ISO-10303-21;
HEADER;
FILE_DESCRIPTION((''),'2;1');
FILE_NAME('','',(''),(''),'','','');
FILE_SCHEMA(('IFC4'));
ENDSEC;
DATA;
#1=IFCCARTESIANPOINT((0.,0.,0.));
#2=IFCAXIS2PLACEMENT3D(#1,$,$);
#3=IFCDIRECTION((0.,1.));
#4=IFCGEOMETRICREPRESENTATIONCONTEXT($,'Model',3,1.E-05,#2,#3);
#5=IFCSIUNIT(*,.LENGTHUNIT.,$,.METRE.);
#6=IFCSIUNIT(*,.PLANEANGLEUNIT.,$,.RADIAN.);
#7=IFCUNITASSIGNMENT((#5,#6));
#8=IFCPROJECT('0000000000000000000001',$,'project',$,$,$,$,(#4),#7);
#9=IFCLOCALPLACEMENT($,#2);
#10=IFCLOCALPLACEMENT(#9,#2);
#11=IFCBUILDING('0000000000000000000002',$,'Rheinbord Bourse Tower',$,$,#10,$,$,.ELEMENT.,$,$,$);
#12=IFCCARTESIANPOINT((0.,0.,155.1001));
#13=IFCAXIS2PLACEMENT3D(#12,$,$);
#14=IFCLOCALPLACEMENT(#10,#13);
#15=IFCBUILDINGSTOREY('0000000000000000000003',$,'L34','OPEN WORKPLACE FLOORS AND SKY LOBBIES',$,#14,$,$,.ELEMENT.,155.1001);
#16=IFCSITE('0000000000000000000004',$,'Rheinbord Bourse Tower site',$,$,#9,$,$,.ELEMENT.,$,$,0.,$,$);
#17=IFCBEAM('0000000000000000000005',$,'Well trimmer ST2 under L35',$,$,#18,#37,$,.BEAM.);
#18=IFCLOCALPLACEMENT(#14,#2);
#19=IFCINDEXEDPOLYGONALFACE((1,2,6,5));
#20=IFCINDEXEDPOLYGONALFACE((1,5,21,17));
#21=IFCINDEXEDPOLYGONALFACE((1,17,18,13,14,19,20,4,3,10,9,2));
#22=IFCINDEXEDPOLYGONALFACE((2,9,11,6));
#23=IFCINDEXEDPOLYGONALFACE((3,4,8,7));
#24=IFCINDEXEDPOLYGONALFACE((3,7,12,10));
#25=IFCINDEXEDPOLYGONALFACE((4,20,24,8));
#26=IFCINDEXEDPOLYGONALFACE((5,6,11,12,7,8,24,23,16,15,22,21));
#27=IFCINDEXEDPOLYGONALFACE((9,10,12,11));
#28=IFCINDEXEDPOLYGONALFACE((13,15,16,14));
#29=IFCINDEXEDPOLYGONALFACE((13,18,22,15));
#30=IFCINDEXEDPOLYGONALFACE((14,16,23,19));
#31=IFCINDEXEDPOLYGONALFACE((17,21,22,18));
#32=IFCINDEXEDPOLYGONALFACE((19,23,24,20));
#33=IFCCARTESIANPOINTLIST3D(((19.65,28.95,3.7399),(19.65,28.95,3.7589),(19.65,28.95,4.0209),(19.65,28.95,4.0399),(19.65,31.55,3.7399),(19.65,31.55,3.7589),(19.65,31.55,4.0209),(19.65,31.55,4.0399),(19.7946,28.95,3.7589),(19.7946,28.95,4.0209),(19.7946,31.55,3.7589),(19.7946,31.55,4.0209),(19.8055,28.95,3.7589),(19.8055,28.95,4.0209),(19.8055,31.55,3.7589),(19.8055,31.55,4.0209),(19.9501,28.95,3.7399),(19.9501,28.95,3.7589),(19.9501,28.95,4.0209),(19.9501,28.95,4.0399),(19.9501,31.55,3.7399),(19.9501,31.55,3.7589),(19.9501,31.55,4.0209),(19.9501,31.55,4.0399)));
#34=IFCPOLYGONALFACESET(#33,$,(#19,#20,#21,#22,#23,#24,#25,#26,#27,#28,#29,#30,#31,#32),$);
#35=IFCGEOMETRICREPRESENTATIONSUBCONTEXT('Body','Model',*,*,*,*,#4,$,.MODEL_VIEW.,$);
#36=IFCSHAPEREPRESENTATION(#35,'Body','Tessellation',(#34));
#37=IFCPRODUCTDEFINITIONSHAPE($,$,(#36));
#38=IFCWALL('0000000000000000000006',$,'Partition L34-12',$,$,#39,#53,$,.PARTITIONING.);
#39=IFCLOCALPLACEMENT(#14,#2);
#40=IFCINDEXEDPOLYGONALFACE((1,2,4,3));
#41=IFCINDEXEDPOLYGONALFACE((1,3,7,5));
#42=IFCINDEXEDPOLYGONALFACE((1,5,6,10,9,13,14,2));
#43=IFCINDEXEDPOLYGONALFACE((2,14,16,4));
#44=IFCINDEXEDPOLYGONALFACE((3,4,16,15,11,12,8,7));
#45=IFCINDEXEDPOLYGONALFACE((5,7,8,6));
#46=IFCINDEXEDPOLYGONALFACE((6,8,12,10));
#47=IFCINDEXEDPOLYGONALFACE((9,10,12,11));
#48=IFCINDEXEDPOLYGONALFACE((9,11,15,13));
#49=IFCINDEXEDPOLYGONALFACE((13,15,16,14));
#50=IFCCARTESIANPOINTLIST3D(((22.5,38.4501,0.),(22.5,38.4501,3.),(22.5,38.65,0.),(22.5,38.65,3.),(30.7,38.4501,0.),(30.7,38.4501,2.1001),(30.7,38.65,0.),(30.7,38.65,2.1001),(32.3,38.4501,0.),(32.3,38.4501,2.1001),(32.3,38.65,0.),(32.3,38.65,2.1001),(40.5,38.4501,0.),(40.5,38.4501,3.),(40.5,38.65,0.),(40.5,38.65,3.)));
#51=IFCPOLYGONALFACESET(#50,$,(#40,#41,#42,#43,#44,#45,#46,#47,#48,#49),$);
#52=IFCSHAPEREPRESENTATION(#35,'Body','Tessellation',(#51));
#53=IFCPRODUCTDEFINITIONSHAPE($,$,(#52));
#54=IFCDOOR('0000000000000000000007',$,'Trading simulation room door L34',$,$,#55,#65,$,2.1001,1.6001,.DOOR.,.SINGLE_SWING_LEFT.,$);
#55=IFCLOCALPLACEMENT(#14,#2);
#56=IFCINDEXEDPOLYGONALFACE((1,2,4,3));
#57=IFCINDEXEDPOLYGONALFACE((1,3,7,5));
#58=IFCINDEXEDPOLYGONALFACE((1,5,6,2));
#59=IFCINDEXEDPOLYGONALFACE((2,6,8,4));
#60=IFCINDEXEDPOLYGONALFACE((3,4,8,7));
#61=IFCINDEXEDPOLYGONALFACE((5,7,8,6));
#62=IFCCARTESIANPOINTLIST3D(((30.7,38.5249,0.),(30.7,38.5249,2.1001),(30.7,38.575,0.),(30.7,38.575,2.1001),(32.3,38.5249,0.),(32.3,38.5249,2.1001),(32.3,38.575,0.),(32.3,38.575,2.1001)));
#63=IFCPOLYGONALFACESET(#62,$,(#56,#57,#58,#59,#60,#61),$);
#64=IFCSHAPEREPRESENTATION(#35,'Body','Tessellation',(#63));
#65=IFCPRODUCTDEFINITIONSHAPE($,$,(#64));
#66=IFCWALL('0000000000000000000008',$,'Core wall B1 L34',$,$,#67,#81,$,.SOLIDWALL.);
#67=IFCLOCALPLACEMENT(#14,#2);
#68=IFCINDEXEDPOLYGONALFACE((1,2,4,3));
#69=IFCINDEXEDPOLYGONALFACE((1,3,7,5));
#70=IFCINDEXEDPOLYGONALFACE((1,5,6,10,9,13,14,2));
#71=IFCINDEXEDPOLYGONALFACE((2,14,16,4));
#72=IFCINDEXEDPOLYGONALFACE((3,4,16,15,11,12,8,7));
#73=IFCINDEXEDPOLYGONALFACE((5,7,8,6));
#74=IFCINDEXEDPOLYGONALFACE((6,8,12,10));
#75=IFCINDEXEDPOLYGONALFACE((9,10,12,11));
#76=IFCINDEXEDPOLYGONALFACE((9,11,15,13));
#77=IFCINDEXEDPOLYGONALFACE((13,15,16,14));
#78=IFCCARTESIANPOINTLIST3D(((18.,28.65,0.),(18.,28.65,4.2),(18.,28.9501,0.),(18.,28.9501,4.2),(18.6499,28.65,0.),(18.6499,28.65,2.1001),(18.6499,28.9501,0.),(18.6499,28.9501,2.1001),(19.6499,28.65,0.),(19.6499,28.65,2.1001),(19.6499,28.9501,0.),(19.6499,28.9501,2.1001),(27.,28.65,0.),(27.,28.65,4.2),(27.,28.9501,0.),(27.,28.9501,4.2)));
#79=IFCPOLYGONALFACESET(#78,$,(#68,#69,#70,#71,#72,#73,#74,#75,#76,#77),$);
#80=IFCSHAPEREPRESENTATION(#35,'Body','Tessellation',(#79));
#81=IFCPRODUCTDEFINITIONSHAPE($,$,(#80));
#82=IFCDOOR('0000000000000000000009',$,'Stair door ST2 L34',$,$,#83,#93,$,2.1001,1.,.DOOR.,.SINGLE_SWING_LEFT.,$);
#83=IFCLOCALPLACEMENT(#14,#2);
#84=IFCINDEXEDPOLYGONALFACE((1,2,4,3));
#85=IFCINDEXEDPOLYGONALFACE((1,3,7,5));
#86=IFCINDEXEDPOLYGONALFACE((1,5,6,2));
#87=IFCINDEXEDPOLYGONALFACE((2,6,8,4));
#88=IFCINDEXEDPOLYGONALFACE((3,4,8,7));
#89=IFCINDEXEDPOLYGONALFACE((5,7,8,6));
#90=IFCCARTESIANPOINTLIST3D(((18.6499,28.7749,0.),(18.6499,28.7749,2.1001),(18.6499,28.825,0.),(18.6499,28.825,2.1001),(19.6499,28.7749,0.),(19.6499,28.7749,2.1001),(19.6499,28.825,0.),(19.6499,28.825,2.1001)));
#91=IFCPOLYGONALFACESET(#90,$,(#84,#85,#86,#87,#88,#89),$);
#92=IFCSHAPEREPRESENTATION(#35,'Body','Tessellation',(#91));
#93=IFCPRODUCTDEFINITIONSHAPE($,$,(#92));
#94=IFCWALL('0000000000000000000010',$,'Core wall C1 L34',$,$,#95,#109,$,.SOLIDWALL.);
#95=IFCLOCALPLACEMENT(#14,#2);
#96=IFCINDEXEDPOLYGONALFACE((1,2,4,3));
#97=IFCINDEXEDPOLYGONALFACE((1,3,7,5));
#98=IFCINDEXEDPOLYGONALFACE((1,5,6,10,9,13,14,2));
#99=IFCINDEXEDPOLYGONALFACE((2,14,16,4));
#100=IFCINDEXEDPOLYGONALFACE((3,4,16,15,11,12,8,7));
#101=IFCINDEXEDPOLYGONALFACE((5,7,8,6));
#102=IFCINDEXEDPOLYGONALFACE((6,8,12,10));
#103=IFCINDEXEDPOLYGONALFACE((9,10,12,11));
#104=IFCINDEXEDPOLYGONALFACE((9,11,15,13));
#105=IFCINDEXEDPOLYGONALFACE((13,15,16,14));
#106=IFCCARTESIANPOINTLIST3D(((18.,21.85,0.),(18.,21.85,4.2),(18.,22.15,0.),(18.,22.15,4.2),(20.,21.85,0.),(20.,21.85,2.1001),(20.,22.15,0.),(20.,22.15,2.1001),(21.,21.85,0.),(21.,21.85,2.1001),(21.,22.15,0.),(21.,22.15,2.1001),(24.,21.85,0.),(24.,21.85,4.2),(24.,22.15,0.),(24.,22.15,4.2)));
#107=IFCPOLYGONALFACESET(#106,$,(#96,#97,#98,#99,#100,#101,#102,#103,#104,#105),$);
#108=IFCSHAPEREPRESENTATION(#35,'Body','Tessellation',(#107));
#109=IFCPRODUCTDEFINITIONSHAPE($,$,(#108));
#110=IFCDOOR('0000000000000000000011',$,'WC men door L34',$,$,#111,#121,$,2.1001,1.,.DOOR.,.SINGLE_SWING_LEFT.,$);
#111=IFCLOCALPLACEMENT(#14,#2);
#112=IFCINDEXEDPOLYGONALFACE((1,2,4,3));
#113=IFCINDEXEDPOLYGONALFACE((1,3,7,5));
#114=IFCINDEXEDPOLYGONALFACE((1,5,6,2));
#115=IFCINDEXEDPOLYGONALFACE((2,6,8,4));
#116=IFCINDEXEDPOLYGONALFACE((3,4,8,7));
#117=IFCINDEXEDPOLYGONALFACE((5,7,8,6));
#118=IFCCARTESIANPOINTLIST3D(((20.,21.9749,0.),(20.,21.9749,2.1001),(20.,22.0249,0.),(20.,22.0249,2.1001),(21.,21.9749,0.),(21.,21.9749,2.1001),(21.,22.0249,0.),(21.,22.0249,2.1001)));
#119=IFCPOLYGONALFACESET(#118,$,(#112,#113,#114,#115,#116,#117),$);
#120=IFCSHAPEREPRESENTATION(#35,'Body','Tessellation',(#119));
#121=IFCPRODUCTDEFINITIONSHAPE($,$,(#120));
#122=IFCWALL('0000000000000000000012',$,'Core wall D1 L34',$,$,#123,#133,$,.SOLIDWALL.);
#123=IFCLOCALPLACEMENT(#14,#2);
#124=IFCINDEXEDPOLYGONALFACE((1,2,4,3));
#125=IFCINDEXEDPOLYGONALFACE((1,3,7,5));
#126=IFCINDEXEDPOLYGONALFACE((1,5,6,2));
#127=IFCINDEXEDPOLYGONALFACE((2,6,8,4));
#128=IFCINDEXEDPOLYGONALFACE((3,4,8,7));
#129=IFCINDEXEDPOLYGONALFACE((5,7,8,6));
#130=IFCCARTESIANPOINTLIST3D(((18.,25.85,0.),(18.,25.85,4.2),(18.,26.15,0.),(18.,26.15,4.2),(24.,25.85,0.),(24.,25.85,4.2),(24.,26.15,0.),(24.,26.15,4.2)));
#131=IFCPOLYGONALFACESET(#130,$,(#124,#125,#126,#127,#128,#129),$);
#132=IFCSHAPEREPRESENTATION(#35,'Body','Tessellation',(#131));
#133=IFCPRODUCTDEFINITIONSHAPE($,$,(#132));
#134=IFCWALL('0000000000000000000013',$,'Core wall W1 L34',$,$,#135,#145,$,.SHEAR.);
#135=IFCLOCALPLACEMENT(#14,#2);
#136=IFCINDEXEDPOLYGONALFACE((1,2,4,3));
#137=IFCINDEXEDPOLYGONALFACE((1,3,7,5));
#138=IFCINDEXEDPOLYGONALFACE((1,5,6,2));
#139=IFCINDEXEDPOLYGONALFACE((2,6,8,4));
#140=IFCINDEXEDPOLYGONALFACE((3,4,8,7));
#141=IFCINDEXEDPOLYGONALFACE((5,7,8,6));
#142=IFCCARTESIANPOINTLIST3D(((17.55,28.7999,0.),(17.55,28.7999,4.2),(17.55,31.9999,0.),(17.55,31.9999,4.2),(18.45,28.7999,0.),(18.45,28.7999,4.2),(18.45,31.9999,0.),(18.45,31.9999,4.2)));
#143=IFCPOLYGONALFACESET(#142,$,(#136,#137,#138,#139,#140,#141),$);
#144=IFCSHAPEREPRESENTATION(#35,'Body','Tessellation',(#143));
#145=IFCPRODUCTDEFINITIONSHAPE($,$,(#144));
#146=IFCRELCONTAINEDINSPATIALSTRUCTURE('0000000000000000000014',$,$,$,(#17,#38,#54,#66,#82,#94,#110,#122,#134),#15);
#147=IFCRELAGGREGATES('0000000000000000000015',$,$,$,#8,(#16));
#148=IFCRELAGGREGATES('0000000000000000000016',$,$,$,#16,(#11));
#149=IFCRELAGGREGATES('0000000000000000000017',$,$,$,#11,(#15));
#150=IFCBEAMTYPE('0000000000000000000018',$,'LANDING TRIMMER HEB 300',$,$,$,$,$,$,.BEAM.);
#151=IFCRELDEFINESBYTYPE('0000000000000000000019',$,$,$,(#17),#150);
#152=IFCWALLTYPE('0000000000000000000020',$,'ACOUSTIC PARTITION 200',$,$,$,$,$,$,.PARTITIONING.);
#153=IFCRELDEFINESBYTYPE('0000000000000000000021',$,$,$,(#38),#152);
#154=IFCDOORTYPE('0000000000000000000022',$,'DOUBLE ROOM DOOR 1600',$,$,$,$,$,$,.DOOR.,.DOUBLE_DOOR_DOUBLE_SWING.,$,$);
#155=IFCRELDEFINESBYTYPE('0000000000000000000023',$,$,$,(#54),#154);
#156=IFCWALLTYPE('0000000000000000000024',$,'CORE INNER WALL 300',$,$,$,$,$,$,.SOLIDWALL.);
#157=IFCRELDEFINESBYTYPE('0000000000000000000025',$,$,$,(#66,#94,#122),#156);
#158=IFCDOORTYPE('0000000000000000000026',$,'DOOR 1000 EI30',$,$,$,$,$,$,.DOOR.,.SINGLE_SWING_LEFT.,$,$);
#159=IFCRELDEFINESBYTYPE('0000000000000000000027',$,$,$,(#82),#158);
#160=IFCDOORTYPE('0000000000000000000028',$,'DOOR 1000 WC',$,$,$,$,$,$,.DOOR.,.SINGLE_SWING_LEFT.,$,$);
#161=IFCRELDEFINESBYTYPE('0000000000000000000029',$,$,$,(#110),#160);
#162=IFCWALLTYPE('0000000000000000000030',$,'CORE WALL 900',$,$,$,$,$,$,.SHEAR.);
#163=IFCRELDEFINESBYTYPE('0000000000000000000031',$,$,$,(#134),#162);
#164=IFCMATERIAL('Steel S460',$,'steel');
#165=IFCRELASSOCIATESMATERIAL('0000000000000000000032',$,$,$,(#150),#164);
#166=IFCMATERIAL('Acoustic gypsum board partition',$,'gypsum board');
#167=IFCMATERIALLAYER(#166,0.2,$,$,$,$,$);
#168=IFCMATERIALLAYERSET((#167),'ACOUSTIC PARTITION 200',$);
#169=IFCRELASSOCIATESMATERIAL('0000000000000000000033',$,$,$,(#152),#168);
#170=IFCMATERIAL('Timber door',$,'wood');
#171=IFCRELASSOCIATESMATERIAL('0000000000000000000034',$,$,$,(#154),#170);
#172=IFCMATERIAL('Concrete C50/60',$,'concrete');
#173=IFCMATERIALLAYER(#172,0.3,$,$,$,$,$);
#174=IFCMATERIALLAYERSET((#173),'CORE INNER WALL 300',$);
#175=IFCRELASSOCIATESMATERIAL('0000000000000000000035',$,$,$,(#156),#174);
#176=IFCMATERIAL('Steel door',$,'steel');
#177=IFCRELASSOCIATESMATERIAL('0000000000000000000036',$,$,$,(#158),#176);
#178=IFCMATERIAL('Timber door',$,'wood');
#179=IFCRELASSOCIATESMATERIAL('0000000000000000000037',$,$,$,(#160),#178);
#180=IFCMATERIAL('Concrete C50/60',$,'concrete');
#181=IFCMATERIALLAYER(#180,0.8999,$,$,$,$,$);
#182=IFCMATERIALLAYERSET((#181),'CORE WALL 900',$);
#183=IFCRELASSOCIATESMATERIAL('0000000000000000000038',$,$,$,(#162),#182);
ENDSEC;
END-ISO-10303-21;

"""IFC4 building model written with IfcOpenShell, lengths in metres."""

from ifc_helpers import new_model, si_unit, direction, frame, frame_2d, origin, origin_2d, place, context, subcontext, project, spatial, rectangle, i_section, extrude, material, layer, layer_set, material_profile, profile_set, type_object, element, fill, save


model = new_model("IFC4")

# Units and contexts
model_context = context("Model", 3, precision=1e-05, world=origin(), true_north=direction((0.0, 1.0)))
body_context = subcontext(model_context, "Body", "Model", "MODEL_VIEW")
ifc_project = project(units=[si_unit("LENGTHUNIT", "METRE"), si_unit("PLANEANGLEUNIT", "RADIAN")], contexts=[model_context])

# Site, building, storey
site_placement = place(None, origin())
site = spatial("IfcSite", under=ifc_project, at=site_placement, Name="Rheinbord Bourse Tower site", CompositionType="ELEMENT", RefElevation=0.0)
building_placement = place(site_placement, origin())
building = spatial("IfcBuilding", under=site, at=building_placement, Name="Rheinbord Bourse Tower", CompositionType="ELEMENT")
storey_placement = place(building_placement, frame((0.0, 0.0, 155.1001)))
storey = spatial("IfcBuildingStorey", under=building, at=storey_placement, Name="L34", Description="OPEN WORKPLACE FLOORS AND SKY LOBBIES", CompositionType="ELEMENT", Elevation=155.1001)

# Beam
ifc_material_1 = material(Name="Steel S460", Category="steel")
ifc_material_profile = material_profile(ifc_material_1, i_section(OverallWidth=0.3, OverallDepth=0.3, WebThickness=0.011, FlangeThickness=0.019, at=origin_2d()), Name="HEB 300")
ifc_profile_set = profile_set([ifc_material_profile], Name="Steel S460")
beam_type = type_object("IfcBeamType", Name="LANDING TRIMMER HEB 300", PredefinedType="BEAM", material=ifc_profile_set)
beam_placement = place(storey_placement, frame((19.8, 28.95, 3.8899), z_axis=(0.0, 1.0, 0.0), x_axis=(-1.0, 0.0, 0.0)))
element("IfcBeam", 1, at=beam_placement, inside=storey, type_object=beam_type, Name="Well trimmer ST2 under L35", PredefinedType="BEAM", context=body_context, shape_type="SweptSolid", body=[
    extrude(i_section(OverallWidth=0.3, OverallDepth=0.3, WebThickness=0.011, FlangeThickness=0.019, at=origin_2d()), origin(), (0.0, 0.0, 1.0), 2.6001),
])

# Walls, openings, doors
ifc_material_2 = material(Name="Acoustic gypsum board partition", Category="gypsum board")
ifc_layer_1 = layer(ifc_material_2, 0.2)
ifc_layer_set_1 = layer_set([ifc_layer_1], Name="ACOUSTIC PARTITION 200")
wall_type_1 = type_object("IfcWallType", Name="ACOUSTIC PARTITION 200", PredefinedType="PARTITIONING", material=ifc_layer_set_1)
wall_1_placement = place(storey_placement, frame((22.5, 38.55, 0.0), z_axis=(0.0, 0.0, 1.0), x_axis=(1.0, 0.0, 0.0)))
wall_1 = element("IfcWall", 2, at=wall_1_placement, inside=storey, type_object=wall_type_1, Name="Partition L34-12", PredefinedType="PARTITIONING", context=body_context, shape_type="SweptSolid", body=[
    extrude(rectangle(XDim=18.0, YDim=0.2, at=frame_2d((9.0, 0.0))), origin(), (0.0, 0.0, 1.0), 3.0),
])
opening_1_placement = place(wall_1_placement, frame((8.2, 0.0, 0.0)))
opening_1 = element("IfcOpeningElement", 3, at=opening_1_placement, cuts=wall_1, PredefinedType="OPENING", context=body_context, shape_type="SweptSolid", body=[
    extrude(rectangle(XDim=1.6001, YDim=2.1001, at=frame_2d((0.8, 1.05))), frame((0.0, 0.1099, 0.0), z_axis=(0.0, -1.0, 0.0), x_axis=(1.0, 0.0, 0.0)), (0.0, 0.0, 1.0), 0.22),
])
ifc_material_3 = material(Name="Timber door", Category="wood")
door_type_1 = type_object("IfcDoorType", Name="DOUBLE ROOM DOOR 1600", OperationType="DOUBLE_DOOR_DOUBLE_SWING", PredefinedType="DOOR", material=ifc_material_3)
door_1_placement = place(opening_1_placement, origin())
door_1 = element("IfcDoor", 4, at=door_1_placement, inside=storey, type_object=door_type_1, Name="Trading simulation room door L34", OperationType="SINGLE_SWING_LEFT", OverallHeight=2.1001, OverallWidth=1.6001, PredefinedType="DOOR", context=body_context, shape_type="SweptSolid", body=[
    extrude(rectangle(XDim=1.6001, YDim=2.1001, at=frame_2d((0.8, 1.05))), frame((0.0, 0.0249, 0.0), z_axis=(0.0, -1.0, 0.0), x_axis=(1.0, 0.0, 0.0)), (0.0, 0.0, 1.0), 0.05),
])
fill(opening_1, door_1)
ifc_material_4 = material(Name="Concrete C50/60", Category="concrete")
ifc_layer_2 = layer(ifc_material_4, 0.3)
ifc_layer_set_2 = layer_set([ifc_layer_2], Name="CORE INNER WALL 300")
wall_type_2 = type_object("IfcWallType", Name="CORE INNER WALL 300", PredefinedType="SOLIDWALL", material=ifc_layer_set_2)
wall_2_placement = place(storey_placement, frame((18.0, 28.8, 0.0), z_axis=(0.0, 0.0, 1.0), x_axis=(1.0, 0.0, 0.0)))
wall_2 = element("IfcWall", 5, at=wall_2_placement, inside=storey, type_object=wall_type_2, Name="Core wall B1 L34", PredefinedType="SOLIDWALL", context=body_context, shape_type="SweptSolid", body=[
    extrude(rectangle(XDim=9.0, YDim=0.3, at=frame_2d((4.5, 0.0))), origin(), (0.0, 0.0, 1.0), 4.2),
])
opening_2_placement = place(wall_2_placement, frame((0.6499, 0.0, 0.0)))
opening_2 = element("IfcOpeningElement", 6, at=opening_2_placement, cuts=wall_2, PredefinedType="OPENING", context=body_context, shape_type="SweptSolid", body=[
    extrude(rectangle(XDim=1.0, YDim=2.1001, at=frame_2d((0.5, 1.05))), frame((0.0, 0.1599, 0.0), z_axis=(0.0, -1.0, 0.0), x_axis=(1.0, 0.0, 0.0)), (0.0, 0.0, 1.0), 0.3201),
])
ifc_material_5 = material(Name="Steel door", Category="steel")
door_type_2 = type_object("IfcDoorType", Name="DOOR 1000 EI30", OperationType="SINGLE_SWING_LEFT", PredefinedType="DOOR", material=ifc_material_5)
door_2_placement = place(opening_2_placement, origin())
door_2 = element("IfcDoor", 7, at=door_2_placement, inside=storey, type_object=door_type_2, Name="Stair door ST2 L34", OperationType="SINGLE_SWING_LEFT", OverallHeight=2.1001, OverallWidth=1.0, PredefinedType="DOOR", context=body_context, shape_type="SweptSolid", body=[
    extrude(rectangle(XDim=1.0, YDim=2.1001, at=frame_2d((0.5, 1.05))), frame((0.0, 0.0249, 0.0), z_axis=(0.0, -1.0, 0.0), x_axis=(1.0, 0.0, 0.0)), (0.0, 0.0, 1.0), 0.05),
])
fill(opening_2, door_2)
wall_3_placement = place(storey_placement, frame((18.0, 22.0, 0.0), z_axis=(0.0, 0.0, 1.0), x_axis=(1.0, 0.0, 0.0)))
wall_3 = element("IfcWall", 8, at=wall_3_placement, inside=storey, type_object=wall_type_2, Name="Core wall C1 L34", PredefinedType="SOLIDWALL", context=body_context, shape_type="SweptSolid", body=[
    extrude(rectangle(XDim=6.0, YDim=0.3, at=frame_2d((3.0, 0.0))), origin(), (0.0, 0.0, 1.0), 4.2),
])
opening_3_placement = place(wall_3_placement, frame((2.0, 0.0, 0.0)))
opening_3 = element("IfcOpeningElement", 9, at=opening_3_placement, cuts=wall_3, PredefinedType="OPENING", context=body_context, shape_type="SweptSolid", body=[
    extrude(rectangle(XDim=1.0, YDim=2.1001, at=frame_2d((0.5, 1.05))), frame((0.0, 0.1599, 0.0), z_axis=(0.0, -1.0, 0.0), x_axis=(1.0, 0.0, 0.0)), (0.0, 0.0, 1.0), 0.3201),
])
ifc_material_6 = material(Name="Timber door", Category="wood")
door_type_3 = type_object("IfcDoorType", Name="DOOR 1000 WC", OperationType="SINGLE_SWING_LEFT", PredefinedType="DOOR", material=ifc_material_6)
door_3_placement = place(opening_3_placement, origin())
door_3 = element("IfcDoor", 10, at=door_3_placement, inside=storey, type_object=door_type_3, Name="WC men door L34", OperationType="SINGLE_SWING_LEFT", OverallHeight=2.1001, OverallWidth=1.0, PredefinedType="DOOR", context=body_context, shape_type="SweptSolid", body=[
    extrude(rectangle(XDim=1.0, YDim=2.1001, at=frame_2d((0.5, 1.05))), frame((0.0, 0.0249, 0.0), z_axis=(0.0, -1.0, 0.0), x_axis=(1.0, 0.0, 0.0)), (0.0, 0.0, 1.0), 0.05),
])
fill(opening_3, door_3)

# Walls
wall_4_placement = place(storey_placement, frame((18.0, 26.0, 0.0), z_axis=(0.0, 0.0, 1.0), x_axis=(1.0, 0.0, 0.0)))
element("IfcWall", 11, at=wall_4_placement, inside=storey, type_object=wall_type_2, Name="Core wall D1 L34", PredefinedType="SOLIDWALL", context=body_context, shape_type="SweptSolid", body=[
    extrude(rectangle(XDim=6.0, YDim=0.3, at=frame_2d((3.0, 0.0))), origin(), (0.0, 0.0, 1.0), 4.2),
])
ifc_material_7 = material(Name="Concrete C50/60", Category="concrete")
ifc_layer_3 = layer(ifc_material_7, 0.8999)
ifc_layer_set_3 = layer_set([ifc_layer_3], Name="CORE WALL 900")
wall_type_3 = type_object("IfcWallType", Name="CORE WALL 900", PredefinedType="SHEAR", material=ifc_layer_set_3)
wall_5_placement = place(storey_placement, frame((18.0, 32.0, 0.0), z_axis=(0.0, 0.0, 1.0), x_axis=(0.0, -1.0, 0.0)))
element("IfcWall", 12, at=wall_5_placement, inside=storey, type_object=wall_type_3, Name="Core wall W1 L34", PredefinedType="SHEAR", context=body_context, shape_type="SweptSolid", body=[
    extrude(rectangle(XDim=3.2, YDim=0.8999, at=frame_2d((1.6001, 0.0))), origin(), (0.0, 0.0, 1.0), 4.2),
])

save(model, "model.ifc")
